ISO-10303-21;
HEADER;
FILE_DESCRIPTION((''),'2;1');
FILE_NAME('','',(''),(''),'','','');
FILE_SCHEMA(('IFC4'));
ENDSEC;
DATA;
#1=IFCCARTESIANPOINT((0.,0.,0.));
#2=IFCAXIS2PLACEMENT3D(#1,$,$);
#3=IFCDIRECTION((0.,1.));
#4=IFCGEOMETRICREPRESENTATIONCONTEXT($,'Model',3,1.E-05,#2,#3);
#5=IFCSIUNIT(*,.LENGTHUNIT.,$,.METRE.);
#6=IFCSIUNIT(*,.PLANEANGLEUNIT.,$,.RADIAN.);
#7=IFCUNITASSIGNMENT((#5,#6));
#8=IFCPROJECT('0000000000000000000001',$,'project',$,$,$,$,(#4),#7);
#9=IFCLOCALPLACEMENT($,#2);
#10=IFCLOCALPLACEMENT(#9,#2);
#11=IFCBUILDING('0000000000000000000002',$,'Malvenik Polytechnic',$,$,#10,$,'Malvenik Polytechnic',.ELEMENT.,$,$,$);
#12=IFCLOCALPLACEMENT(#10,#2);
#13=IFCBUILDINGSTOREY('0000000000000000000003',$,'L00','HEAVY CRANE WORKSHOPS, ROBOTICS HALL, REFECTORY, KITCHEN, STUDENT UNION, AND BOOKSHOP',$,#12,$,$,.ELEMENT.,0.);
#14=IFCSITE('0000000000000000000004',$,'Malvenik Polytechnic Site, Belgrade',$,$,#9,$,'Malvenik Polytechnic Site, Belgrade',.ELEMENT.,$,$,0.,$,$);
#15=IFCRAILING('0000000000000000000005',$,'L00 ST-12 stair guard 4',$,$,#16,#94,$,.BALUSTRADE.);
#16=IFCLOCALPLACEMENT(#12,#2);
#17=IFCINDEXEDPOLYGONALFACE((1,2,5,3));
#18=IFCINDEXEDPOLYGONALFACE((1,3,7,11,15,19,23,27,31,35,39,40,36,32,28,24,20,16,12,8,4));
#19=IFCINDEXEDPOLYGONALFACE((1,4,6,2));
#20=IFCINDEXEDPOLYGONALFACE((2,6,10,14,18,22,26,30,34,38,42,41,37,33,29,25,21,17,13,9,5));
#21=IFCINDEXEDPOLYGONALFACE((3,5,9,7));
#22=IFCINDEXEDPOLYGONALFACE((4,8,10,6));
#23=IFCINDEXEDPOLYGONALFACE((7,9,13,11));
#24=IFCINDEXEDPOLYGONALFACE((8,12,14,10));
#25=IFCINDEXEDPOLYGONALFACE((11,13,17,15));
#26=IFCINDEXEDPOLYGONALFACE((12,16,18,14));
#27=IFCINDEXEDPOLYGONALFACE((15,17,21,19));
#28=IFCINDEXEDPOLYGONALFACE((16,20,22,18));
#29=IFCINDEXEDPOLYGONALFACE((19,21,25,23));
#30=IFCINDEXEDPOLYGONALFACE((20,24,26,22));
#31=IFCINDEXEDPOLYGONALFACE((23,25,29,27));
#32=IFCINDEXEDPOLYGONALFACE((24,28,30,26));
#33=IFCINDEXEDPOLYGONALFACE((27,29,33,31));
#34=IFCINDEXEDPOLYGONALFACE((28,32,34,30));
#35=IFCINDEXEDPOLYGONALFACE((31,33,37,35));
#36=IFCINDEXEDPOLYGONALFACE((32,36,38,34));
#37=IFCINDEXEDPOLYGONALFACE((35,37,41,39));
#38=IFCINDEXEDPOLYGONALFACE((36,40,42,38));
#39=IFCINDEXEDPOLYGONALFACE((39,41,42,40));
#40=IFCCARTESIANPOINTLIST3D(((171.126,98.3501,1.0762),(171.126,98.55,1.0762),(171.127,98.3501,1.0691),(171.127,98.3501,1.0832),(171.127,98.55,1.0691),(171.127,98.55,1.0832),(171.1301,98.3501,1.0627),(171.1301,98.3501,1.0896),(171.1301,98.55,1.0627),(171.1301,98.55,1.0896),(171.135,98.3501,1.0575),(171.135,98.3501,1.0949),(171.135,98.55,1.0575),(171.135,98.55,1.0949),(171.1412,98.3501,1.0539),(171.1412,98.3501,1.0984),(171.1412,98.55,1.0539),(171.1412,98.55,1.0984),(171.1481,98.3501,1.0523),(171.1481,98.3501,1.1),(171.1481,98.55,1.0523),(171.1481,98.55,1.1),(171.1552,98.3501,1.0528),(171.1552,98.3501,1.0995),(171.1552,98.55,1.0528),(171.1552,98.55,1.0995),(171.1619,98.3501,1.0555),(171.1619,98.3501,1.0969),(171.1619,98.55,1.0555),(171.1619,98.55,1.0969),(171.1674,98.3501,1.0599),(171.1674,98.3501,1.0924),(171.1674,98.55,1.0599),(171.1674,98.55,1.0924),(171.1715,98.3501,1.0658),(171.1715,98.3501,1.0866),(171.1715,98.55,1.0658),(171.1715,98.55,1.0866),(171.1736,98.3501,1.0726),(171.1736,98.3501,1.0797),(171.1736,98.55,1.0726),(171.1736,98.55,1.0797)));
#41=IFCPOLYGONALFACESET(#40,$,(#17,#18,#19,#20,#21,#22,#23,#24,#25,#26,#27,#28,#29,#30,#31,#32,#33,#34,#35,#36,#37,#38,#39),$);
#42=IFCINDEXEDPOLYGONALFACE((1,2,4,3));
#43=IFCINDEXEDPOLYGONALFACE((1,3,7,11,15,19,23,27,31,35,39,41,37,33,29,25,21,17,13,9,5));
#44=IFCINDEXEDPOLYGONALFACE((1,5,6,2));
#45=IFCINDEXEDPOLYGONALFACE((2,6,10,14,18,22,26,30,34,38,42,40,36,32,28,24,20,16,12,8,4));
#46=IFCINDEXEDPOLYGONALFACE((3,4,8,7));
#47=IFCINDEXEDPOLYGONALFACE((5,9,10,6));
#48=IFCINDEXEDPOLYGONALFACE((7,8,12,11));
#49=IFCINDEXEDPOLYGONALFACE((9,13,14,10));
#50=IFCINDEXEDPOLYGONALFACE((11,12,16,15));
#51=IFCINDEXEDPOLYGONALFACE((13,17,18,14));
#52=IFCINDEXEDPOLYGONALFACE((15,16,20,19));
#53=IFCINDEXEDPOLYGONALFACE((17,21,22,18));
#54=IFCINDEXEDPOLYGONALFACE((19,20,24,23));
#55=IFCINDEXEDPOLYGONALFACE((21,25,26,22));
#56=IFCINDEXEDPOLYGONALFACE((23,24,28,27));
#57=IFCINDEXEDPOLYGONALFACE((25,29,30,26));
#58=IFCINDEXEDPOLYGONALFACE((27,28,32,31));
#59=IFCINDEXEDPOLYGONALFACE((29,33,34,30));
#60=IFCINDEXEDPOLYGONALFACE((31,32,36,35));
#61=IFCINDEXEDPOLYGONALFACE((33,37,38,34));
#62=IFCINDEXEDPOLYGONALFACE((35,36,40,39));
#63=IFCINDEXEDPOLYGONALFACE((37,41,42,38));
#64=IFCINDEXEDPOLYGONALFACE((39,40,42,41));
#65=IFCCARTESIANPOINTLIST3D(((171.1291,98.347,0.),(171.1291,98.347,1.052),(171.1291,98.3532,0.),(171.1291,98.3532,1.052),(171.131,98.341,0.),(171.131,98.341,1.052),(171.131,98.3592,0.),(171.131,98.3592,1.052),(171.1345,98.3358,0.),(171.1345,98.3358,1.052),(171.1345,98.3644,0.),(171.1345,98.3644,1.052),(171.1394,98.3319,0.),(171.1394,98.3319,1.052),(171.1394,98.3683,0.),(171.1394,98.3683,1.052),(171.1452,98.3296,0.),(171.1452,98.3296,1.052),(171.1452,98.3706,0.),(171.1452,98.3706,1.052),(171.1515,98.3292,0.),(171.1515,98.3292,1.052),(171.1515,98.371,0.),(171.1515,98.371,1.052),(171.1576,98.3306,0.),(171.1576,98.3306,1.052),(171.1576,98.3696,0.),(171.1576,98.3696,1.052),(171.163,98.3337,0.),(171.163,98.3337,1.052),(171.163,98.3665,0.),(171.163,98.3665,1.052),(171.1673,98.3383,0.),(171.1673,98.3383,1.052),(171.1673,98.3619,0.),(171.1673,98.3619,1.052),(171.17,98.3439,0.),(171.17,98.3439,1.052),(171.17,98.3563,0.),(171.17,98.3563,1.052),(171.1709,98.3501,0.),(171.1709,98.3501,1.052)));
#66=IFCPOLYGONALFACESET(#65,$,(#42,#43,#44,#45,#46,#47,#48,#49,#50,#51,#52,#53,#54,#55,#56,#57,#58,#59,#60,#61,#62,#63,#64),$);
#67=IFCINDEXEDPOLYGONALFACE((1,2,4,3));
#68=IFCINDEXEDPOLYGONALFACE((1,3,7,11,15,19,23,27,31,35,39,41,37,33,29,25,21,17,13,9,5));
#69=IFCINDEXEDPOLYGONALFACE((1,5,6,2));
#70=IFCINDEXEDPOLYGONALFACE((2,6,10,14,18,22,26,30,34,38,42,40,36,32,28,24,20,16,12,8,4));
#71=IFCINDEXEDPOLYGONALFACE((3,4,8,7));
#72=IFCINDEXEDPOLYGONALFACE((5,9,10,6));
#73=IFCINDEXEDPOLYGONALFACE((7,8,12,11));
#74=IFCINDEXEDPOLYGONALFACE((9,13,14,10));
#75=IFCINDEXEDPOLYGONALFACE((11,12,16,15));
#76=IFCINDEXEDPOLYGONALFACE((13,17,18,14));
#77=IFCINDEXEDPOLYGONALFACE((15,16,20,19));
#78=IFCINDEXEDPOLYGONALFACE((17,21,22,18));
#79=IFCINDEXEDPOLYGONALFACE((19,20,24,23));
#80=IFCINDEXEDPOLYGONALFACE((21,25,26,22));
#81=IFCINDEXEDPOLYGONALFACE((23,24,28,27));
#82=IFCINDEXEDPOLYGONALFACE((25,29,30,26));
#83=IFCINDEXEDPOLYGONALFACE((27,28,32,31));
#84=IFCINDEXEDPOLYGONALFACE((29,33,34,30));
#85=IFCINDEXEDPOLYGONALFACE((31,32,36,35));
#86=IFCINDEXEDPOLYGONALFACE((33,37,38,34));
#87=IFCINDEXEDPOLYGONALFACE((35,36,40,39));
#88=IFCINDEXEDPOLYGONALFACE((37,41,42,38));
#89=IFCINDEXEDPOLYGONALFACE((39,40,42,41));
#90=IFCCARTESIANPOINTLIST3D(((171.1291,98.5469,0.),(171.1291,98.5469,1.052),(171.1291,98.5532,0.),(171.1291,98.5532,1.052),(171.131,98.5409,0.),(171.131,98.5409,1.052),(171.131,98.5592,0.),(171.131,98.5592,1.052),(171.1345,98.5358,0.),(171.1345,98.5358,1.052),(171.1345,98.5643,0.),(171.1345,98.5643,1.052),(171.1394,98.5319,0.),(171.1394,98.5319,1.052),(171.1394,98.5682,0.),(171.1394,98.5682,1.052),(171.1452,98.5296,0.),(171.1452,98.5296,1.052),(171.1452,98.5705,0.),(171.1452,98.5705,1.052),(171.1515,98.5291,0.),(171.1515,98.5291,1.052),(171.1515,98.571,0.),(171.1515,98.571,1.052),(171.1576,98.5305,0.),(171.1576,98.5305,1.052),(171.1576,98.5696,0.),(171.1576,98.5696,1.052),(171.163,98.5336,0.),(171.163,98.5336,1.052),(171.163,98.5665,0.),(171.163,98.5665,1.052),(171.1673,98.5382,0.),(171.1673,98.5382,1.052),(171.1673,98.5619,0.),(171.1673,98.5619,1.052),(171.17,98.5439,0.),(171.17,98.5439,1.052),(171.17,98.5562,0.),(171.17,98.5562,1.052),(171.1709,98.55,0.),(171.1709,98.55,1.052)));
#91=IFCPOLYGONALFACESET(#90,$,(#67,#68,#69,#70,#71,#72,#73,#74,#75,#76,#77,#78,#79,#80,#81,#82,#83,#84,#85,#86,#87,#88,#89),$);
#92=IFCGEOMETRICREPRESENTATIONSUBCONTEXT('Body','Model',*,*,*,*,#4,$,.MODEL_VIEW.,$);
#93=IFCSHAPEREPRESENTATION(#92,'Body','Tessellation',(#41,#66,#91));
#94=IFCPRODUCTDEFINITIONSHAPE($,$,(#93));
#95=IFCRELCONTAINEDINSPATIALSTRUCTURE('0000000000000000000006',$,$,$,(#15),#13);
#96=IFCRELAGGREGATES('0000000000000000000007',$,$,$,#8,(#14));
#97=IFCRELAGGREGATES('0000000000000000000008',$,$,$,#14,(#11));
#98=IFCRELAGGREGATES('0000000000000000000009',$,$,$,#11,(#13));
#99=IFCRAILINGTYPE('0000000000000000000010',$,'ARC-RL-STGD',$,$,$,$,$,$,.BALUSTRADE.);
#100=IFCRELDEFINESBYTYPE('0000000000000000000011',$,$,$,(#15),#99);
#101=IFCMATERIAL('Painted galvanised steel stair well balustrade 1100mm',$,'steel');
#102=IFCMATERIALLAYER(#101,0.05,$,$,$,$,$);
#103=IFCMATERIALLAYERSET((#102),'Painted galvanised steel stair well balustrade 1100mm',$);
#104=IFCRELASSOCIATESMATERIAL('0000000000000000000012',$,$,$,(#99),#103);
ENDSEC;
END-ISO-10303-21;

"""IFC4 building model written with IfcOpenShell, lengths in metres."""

from ifc_helpers import new_model, si_unit, direction, frame, origin, origin_2d, place, context, subcontext, project, spatial, circle, extrude, material, layer, layer_set, type_object, element, save


model = new_model("IFC4")

# Units and contexts
model_context = context("Model", 3, precision=1e-05, world=origin(), true_north=direction((0.0, 1.0)))
body_context = subcontext(model_context, "Body", "Model", "MODEL_VIEW")
ifc_project = project(units=[si_unit("LENGTHUNIT", "METRE"), si_unit("PLANEANGLEUNIT", "RADIAN")], contexts=[model_context])

# Site, building, storey
site_placement = place(None, origin())
site = spatial("IfcSite", under=ifc_project, at=site_placement, Name="Malvenik Polytechnic Site, Belgrade", LongName="Malvenik Polytechnic Site, Belgrade", CompositionType="ELEMENT", RefElevation=0.0)
building_placement = place(site_placement, origin())
building = spatial("IfcBuilding", under=site, at=building_placement, Name="Malvenik Polytechnic", LongName="Malvenik Polytechnic", CompositionType="ELEMENT")
storey_placement = place(building_placement, origin())
storey = spatial("IfcBuildingStorey", under=building, at=storey_placement, Name="L00", Description="HEAVY CRANE WORKSHOPS, ROBOTICS HALL, REFECTORY, KITCHEN, STUDENT UNION, AND BOOKSHOP", CompositionType="ELEMENT", Elevation=0.0)

# Railing
ifc_material_1 = material(Name="Painted galvanised steel stair well balustrade 1100mm", Category="steel")
ifc_layer_1 = layer(ifc_material_1, 0.05)
ifc_layer_set_1 = layer_set([ifc_layer_1], Name="Painted galvanised steel stair well balustrade 1100mm")
railing_type_1 = type_object("IfcRailingType", Name="ARC-RL-STGD", PredefinedType="BALUSTRADE", material=ifc_layer_set_1)
railing_1_placement = place(storey_placement, frame((171.1499, 98.3501, 0.0)))
element("IfcRailing", 1, at=railing_1_placement, inside=storey, type_object=railing_type_1, Name="L00 ST-12 stair guard 4", PredefinedType="BALUSTRADE", context=body_context, shape_type="SweptSolid", body=[
    extrude(circle(Radius=0.0239, at=origin_2d()), frame((0.0, 0.0, 1.0762), z_axis=(0.0, 1.0, 0.0), x_axis=(-1.0, 0.0, 0.0)), (0.0, 0.0, 1.0), 0.2),
    extrude(circle(Radius=0.021, at=origin_2d()), origin(), (0.0, 0.0, 1.0), 1.052),
    extrude(circle(Radius=0.021, at=origin_2d()), frame((0.0, 0.2, 0.0)), (0.0, 0.0, 1.0), 1.052),
])

save(model, "model.ifc")
